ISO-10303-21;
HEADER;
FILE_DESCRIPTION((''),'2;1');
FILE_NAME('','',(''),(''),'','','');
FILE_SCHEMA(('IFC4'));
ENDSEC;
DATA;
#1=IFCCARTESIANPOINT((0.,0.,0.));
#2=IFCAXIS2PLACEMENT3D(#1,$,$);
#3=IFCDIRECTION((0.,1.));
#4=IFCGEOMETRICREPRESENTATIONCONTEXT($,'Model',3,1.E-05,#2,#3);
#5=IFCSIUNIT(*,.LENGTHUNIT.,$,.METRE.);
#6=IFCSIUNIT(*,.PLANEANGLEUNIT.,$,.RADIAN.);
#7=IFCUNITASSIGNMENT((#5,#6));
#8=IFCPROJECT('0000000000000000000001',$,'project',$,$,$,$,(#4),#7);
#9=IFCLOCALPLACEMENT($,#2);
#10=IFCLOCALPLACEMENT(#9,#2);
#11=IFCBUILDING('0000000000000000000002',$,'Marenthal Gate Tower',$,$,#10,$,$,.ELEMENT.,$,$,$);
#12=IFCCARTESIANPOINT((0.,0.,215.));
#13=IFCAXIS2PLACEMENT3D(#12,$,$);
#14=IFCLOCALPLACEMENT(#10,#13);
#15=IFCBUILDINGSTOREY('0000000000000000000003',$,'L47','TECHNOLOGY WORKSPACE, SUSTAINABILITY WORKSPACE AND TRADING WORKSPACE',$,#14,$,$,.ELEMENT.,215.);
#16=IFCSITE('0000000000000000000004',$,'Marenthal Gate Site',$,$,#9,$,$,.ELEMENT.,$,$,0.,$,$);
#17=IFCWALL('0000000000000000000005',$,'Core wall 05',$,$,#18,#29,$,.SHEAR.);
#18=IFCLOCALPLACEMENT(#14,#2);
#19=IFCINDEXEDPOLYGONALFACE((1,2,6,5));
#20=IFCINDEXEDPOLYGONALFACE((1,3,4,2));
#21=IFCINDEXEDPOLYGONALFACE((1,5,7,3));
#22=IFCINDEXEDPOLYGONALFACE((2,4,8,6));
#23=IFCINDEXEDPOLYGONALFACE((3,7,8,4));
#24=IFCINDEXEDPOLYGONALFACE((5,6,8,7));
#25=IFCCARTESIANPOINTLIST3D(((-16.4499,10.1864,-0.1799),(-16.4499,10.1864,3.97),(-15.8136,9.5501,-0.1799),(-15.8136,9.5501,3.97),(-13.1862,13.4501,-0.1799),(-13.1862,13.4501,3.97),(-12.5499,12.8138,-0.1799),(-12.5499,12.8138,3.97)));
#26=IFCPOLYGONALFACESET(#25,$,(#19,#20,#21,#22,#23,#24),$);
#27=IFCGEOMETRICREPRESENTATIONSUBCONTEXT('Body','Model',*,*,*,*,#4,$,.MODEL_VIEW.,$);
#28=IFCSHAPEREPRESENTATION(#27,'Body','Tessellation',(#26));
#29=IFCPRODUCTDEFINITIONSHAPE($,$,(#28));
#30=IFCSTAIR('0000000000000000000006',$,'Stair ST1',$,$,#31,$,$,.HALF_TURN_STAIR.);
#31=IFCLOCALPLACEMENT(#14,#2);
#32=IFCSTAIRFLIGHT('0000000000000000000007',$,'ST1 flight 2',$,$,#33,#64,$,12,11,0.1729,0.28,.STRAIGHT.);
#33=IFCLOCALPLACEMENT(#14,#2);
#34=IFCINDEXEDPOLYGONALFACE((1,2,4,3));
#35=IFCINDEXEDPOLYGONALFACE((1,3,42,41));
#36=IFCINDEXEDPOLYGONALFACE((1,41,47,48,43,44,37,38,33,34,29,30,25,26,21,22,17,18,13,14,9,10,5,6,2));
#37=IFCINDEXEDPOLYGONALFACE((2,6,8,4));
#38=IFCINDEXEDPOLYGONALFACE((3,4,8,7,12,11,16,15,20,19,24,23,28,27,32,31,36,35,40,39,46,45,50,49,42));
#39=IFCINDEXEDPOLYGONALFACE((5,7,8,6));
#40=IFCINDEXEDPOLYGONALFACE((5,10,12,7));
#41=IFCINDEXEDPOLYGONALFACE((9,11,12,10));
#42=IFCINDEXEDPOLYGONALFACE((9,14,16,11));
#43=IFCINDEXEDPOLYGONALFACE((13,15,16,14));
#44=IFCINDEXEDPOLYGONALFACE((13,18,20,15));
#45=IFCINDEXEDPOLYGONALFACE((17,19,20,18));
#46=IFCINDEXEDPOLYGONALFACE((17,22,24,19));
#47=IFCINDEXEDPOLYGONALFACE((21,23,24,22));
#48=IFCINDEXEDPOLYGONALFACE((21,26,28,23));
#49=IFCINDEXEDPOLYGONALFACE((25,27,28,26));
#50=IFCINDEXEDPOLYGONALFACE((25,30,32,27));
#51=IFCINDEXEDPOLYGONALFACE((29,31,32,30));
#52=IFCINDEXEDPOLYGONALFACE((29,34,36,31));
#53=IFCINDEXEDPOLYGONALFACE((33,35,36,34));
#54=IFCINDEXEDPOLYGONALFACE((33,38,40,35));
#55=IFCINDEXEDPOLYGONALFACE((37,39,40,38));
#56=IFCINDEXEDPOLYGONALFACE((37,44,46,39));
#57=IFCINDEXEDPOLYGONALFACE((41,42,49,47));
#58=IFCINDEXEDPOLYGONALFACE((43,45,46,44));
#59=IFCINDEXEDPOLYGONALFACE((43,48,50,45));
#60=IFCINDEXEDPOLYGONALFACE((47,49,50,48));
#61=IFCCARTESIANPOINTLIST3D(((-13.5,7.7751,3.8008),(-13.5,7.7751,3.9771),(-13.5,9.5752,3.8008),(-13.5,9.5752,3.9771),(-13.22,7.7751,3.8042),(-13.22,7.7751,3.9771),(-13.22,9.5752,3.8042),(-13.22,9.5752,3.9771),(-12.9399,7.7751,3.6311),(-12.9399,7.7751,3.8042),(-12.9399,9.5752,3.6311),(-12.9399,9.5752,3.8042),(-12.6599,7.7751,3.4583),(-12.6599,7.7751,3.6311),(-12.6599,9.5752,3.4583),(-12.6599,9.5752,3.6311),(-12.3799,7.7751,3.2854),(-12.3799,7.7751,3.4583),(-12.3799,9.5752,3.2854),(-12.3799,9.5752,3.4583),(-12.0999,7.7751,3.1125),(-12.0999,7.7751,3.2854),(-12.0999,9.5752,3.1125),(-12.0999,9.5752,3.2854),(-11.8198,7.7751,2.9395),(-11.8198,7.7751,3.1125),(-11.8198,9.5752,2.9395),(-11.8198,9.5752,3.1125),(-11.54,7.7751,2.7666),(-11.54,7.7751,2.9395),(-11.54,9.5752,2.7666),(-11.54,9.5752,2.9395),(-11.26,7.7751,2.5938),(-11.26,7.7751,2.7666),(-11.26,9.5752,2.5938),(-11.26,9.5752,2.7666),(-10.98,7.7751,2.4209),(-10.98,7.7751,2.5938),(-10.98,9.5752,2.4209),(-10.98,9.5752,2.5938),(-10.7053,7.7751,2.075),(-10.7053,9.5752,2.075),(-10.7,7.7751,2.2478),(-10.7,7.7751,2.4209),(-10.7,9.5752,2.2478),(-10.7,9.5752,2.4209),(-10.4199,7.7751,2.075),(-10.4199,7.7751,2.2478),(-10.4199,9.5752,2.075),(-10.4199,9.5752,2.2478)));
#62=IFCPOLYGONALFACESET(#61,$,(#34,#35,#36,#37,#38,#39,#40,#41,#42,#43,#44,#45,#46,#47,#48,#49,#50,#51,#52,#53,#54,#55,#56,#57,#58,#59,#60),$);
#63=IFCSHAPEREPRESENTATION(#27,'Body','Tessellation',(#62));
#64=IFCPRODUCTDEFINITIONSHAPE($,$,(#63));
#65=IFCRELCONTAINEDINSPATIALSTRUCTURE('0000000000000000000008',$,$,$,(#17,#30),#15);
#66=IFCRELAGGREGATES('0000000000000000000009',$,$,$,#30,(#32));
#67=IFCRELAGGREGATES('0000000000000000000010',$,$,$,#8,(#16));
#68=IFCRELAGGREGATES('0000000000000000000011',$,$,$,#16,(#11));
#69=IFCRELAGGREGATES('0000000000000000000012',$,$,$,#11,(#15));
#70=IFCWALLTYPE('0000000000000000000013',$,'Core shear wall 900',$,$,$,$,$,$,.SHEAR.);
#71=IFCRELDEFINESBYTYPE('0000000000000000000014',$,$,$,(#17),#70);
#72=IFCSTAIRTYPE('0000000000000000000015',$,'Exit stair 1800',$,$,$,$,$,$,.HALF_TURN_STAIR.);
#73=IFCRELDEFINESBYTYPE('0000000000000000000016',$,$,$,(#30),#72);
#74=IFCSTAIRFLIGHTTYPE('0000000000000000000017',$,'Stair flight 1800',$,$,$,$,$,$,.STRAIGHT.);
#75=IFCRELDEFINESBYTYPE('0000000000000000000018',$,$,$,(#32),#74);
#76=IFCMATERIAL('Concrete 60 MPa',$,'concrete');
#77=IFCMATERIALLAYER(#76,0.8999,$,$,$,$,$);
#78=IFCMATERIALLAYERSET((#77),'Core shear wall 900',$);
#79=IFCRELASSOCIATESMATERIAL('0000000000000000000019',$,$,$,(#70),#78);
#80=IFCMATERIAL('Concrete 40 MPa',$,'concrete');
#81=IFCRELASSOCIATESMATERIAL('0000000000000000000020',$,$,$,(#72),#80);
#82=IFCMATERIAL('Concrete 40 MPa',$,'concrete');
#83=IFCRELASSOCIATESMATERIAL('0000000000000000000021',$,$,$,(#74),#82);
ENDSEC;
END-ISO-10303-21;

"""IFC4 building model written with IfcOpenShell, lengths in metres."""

from ifc_helpers import new_model, si_unit, direction, frame, frame_2d, origin, place, context, subcontext, project, spatial, polyline, rectangle, outline, extrude, material, layer, layer_set, type_object, element, aggregate, save


model = new_model("IFC4")

# Units and contexts
model_context = context("Model", 3, precision=1e-05, world=origin(), true_north=direction((0.0, 1.0)))
body_context = subcontext(model_context, "Body", "Model", "MODEL_VIEW")
ifc_project = project(units=[si_unit("LENGTHUNIT", "METRE"), si_unit("PLANEANGLEUNIT", "RADIAN")], contexts=[model_context])

# Site, building, storey
site_placement = place(None, origin())
site = spatial("IfcSite", under=ifc_project, at=site_placement, Name="Marenthal Gate Site", CompositionType="ELEMENT", RefElevation=0.0)
building_placement = place(site_placement, origin())
building = spatial("IfcBuilding", under=site, at=building_placement, Name="Marenthal Gate Tower", CompositionType="ELEMENT")
storey_placement = place(building_placement, frame((0.0, 0.0, 215.0)))
storey = spatial("IfcBuildingStorey", under=building, at=storey_placement, Name="L47", Description="TECHNOLOGY WORKSPACE, SUSTAINABILITY WORKSPACE AND TRADING WORKSPACE", CompositionType="ELEMENT", Elevation=215.0)

# Wall
ifc_material_1 = material(Name="Concrete 60 MPa", Category="concrete")
ifc_layer_1 = layer(ifc_material_1, 0.8999)
ifc_layer_set_1 = layer_set([ifc_layer_1], Name="Core shear wall 900")
wall_type = type_object("IfcWallType", Name="Core shear wall 900", PredefinedType="SHEAR", material=ifc_layer_set_1)
wall_placement = place(storey_placement, frame((-12.8682, 13.1318, -0.1799), z_axis=(0.0, 0.0, 1.0), x_axis=(-0.707107, -0.707107, 0.0)))
element("IfcWall", 1, at=wall_placement, inside=storey, type_object=wall_type, Name="Core wall 05", PredefinedType="SHEAR", context=body_context, shape_type="SweptSolid", body=[
    extrude(rectangle(XDim=4.6155, YDim=0.8999, at=frame_2d((2.3076, 0.0))), origin(), (0.0, 0.0, 1.0), 4.1499),
])

# Stair, stair flight
ifc_material_2 = material(Name="Concrete 40 MPa", Category="concrete")
stair_type = type_object("IfcStairType", Name="Exit stair 1800", PredefinedType="HALF_TURN_STAIR", material=ifc_material_2)
stair_placement = place(storey_placement, origin())
stair = element("IfcStair", 2, at=stair_placement, inside=storey, type_object=stair_type, Name="Stair ST1", PredefinedType="HALF_TURN_STAIR")
ifc_material_3 = material(Name="Concrete 40 MPa", Category="concrete")
stair_flight_type = type_object("IfcStairFlightType", Name="Stair flight 1800", PredefinedType="STRAIGHT", material=ifc_material_3)
stair_flight_placement = place(storey_placement, frame((-10.4199, 8.675, 2.075), z_axis=(0.0, 0.0, 1.0), x_axis=(-1.0, 0.0, 0.0)))
stair_flight = element("IfcStairFlight", 3, at=stair_flight_placement, type_object=stair_flight_type, Name="ST1 flight 2", NumberOfRisers=12, NumberOfTreads=11, PredefinedType="STRAIGHT", RiserHeight=0.1729, TreadLength=0.28, context=body_context, shape_type="SweptSolid", body=[
    extrude(outline(polyline([(0.0, 0.0), (0.0, 0.1729), (0.28, 0.1729), (0.28, 0.3459), (0.5601, 0.3459), (0.5601, 0.5188), (0.8401, 0.5188), (0.8401, 0.6917), (1.1201, 0.6917), (1.1201, 0.8645), (1.3999, 0.8645), (1.3999, 1.0376), (1.6799, 1.0376), (1.6799, 1.2104), (1.96, 1.2104), (1.96, 1.3833), (2.24, 1.3833), (2.24, 1.5562), (2.52, 1.5562), (2.52, 1.7292), (2.8, 1.7292), (2.8, 1.9021), (3.0801, 1.9021), (3.0801, 2.075), (3.0801, 1.7258), (0.2854, 0.0), (0.0, 0.0)])), frame((0.0, 0.8999, 0.0), z_axis=(0.0, -1.0, 0.0), x_axis=(1.0, 0.0, 0.0)), (0.0, 0.0, 1.0), 1.8),
])
aggregate(stair, [stair_flight])

save(model, "model.ifc")
